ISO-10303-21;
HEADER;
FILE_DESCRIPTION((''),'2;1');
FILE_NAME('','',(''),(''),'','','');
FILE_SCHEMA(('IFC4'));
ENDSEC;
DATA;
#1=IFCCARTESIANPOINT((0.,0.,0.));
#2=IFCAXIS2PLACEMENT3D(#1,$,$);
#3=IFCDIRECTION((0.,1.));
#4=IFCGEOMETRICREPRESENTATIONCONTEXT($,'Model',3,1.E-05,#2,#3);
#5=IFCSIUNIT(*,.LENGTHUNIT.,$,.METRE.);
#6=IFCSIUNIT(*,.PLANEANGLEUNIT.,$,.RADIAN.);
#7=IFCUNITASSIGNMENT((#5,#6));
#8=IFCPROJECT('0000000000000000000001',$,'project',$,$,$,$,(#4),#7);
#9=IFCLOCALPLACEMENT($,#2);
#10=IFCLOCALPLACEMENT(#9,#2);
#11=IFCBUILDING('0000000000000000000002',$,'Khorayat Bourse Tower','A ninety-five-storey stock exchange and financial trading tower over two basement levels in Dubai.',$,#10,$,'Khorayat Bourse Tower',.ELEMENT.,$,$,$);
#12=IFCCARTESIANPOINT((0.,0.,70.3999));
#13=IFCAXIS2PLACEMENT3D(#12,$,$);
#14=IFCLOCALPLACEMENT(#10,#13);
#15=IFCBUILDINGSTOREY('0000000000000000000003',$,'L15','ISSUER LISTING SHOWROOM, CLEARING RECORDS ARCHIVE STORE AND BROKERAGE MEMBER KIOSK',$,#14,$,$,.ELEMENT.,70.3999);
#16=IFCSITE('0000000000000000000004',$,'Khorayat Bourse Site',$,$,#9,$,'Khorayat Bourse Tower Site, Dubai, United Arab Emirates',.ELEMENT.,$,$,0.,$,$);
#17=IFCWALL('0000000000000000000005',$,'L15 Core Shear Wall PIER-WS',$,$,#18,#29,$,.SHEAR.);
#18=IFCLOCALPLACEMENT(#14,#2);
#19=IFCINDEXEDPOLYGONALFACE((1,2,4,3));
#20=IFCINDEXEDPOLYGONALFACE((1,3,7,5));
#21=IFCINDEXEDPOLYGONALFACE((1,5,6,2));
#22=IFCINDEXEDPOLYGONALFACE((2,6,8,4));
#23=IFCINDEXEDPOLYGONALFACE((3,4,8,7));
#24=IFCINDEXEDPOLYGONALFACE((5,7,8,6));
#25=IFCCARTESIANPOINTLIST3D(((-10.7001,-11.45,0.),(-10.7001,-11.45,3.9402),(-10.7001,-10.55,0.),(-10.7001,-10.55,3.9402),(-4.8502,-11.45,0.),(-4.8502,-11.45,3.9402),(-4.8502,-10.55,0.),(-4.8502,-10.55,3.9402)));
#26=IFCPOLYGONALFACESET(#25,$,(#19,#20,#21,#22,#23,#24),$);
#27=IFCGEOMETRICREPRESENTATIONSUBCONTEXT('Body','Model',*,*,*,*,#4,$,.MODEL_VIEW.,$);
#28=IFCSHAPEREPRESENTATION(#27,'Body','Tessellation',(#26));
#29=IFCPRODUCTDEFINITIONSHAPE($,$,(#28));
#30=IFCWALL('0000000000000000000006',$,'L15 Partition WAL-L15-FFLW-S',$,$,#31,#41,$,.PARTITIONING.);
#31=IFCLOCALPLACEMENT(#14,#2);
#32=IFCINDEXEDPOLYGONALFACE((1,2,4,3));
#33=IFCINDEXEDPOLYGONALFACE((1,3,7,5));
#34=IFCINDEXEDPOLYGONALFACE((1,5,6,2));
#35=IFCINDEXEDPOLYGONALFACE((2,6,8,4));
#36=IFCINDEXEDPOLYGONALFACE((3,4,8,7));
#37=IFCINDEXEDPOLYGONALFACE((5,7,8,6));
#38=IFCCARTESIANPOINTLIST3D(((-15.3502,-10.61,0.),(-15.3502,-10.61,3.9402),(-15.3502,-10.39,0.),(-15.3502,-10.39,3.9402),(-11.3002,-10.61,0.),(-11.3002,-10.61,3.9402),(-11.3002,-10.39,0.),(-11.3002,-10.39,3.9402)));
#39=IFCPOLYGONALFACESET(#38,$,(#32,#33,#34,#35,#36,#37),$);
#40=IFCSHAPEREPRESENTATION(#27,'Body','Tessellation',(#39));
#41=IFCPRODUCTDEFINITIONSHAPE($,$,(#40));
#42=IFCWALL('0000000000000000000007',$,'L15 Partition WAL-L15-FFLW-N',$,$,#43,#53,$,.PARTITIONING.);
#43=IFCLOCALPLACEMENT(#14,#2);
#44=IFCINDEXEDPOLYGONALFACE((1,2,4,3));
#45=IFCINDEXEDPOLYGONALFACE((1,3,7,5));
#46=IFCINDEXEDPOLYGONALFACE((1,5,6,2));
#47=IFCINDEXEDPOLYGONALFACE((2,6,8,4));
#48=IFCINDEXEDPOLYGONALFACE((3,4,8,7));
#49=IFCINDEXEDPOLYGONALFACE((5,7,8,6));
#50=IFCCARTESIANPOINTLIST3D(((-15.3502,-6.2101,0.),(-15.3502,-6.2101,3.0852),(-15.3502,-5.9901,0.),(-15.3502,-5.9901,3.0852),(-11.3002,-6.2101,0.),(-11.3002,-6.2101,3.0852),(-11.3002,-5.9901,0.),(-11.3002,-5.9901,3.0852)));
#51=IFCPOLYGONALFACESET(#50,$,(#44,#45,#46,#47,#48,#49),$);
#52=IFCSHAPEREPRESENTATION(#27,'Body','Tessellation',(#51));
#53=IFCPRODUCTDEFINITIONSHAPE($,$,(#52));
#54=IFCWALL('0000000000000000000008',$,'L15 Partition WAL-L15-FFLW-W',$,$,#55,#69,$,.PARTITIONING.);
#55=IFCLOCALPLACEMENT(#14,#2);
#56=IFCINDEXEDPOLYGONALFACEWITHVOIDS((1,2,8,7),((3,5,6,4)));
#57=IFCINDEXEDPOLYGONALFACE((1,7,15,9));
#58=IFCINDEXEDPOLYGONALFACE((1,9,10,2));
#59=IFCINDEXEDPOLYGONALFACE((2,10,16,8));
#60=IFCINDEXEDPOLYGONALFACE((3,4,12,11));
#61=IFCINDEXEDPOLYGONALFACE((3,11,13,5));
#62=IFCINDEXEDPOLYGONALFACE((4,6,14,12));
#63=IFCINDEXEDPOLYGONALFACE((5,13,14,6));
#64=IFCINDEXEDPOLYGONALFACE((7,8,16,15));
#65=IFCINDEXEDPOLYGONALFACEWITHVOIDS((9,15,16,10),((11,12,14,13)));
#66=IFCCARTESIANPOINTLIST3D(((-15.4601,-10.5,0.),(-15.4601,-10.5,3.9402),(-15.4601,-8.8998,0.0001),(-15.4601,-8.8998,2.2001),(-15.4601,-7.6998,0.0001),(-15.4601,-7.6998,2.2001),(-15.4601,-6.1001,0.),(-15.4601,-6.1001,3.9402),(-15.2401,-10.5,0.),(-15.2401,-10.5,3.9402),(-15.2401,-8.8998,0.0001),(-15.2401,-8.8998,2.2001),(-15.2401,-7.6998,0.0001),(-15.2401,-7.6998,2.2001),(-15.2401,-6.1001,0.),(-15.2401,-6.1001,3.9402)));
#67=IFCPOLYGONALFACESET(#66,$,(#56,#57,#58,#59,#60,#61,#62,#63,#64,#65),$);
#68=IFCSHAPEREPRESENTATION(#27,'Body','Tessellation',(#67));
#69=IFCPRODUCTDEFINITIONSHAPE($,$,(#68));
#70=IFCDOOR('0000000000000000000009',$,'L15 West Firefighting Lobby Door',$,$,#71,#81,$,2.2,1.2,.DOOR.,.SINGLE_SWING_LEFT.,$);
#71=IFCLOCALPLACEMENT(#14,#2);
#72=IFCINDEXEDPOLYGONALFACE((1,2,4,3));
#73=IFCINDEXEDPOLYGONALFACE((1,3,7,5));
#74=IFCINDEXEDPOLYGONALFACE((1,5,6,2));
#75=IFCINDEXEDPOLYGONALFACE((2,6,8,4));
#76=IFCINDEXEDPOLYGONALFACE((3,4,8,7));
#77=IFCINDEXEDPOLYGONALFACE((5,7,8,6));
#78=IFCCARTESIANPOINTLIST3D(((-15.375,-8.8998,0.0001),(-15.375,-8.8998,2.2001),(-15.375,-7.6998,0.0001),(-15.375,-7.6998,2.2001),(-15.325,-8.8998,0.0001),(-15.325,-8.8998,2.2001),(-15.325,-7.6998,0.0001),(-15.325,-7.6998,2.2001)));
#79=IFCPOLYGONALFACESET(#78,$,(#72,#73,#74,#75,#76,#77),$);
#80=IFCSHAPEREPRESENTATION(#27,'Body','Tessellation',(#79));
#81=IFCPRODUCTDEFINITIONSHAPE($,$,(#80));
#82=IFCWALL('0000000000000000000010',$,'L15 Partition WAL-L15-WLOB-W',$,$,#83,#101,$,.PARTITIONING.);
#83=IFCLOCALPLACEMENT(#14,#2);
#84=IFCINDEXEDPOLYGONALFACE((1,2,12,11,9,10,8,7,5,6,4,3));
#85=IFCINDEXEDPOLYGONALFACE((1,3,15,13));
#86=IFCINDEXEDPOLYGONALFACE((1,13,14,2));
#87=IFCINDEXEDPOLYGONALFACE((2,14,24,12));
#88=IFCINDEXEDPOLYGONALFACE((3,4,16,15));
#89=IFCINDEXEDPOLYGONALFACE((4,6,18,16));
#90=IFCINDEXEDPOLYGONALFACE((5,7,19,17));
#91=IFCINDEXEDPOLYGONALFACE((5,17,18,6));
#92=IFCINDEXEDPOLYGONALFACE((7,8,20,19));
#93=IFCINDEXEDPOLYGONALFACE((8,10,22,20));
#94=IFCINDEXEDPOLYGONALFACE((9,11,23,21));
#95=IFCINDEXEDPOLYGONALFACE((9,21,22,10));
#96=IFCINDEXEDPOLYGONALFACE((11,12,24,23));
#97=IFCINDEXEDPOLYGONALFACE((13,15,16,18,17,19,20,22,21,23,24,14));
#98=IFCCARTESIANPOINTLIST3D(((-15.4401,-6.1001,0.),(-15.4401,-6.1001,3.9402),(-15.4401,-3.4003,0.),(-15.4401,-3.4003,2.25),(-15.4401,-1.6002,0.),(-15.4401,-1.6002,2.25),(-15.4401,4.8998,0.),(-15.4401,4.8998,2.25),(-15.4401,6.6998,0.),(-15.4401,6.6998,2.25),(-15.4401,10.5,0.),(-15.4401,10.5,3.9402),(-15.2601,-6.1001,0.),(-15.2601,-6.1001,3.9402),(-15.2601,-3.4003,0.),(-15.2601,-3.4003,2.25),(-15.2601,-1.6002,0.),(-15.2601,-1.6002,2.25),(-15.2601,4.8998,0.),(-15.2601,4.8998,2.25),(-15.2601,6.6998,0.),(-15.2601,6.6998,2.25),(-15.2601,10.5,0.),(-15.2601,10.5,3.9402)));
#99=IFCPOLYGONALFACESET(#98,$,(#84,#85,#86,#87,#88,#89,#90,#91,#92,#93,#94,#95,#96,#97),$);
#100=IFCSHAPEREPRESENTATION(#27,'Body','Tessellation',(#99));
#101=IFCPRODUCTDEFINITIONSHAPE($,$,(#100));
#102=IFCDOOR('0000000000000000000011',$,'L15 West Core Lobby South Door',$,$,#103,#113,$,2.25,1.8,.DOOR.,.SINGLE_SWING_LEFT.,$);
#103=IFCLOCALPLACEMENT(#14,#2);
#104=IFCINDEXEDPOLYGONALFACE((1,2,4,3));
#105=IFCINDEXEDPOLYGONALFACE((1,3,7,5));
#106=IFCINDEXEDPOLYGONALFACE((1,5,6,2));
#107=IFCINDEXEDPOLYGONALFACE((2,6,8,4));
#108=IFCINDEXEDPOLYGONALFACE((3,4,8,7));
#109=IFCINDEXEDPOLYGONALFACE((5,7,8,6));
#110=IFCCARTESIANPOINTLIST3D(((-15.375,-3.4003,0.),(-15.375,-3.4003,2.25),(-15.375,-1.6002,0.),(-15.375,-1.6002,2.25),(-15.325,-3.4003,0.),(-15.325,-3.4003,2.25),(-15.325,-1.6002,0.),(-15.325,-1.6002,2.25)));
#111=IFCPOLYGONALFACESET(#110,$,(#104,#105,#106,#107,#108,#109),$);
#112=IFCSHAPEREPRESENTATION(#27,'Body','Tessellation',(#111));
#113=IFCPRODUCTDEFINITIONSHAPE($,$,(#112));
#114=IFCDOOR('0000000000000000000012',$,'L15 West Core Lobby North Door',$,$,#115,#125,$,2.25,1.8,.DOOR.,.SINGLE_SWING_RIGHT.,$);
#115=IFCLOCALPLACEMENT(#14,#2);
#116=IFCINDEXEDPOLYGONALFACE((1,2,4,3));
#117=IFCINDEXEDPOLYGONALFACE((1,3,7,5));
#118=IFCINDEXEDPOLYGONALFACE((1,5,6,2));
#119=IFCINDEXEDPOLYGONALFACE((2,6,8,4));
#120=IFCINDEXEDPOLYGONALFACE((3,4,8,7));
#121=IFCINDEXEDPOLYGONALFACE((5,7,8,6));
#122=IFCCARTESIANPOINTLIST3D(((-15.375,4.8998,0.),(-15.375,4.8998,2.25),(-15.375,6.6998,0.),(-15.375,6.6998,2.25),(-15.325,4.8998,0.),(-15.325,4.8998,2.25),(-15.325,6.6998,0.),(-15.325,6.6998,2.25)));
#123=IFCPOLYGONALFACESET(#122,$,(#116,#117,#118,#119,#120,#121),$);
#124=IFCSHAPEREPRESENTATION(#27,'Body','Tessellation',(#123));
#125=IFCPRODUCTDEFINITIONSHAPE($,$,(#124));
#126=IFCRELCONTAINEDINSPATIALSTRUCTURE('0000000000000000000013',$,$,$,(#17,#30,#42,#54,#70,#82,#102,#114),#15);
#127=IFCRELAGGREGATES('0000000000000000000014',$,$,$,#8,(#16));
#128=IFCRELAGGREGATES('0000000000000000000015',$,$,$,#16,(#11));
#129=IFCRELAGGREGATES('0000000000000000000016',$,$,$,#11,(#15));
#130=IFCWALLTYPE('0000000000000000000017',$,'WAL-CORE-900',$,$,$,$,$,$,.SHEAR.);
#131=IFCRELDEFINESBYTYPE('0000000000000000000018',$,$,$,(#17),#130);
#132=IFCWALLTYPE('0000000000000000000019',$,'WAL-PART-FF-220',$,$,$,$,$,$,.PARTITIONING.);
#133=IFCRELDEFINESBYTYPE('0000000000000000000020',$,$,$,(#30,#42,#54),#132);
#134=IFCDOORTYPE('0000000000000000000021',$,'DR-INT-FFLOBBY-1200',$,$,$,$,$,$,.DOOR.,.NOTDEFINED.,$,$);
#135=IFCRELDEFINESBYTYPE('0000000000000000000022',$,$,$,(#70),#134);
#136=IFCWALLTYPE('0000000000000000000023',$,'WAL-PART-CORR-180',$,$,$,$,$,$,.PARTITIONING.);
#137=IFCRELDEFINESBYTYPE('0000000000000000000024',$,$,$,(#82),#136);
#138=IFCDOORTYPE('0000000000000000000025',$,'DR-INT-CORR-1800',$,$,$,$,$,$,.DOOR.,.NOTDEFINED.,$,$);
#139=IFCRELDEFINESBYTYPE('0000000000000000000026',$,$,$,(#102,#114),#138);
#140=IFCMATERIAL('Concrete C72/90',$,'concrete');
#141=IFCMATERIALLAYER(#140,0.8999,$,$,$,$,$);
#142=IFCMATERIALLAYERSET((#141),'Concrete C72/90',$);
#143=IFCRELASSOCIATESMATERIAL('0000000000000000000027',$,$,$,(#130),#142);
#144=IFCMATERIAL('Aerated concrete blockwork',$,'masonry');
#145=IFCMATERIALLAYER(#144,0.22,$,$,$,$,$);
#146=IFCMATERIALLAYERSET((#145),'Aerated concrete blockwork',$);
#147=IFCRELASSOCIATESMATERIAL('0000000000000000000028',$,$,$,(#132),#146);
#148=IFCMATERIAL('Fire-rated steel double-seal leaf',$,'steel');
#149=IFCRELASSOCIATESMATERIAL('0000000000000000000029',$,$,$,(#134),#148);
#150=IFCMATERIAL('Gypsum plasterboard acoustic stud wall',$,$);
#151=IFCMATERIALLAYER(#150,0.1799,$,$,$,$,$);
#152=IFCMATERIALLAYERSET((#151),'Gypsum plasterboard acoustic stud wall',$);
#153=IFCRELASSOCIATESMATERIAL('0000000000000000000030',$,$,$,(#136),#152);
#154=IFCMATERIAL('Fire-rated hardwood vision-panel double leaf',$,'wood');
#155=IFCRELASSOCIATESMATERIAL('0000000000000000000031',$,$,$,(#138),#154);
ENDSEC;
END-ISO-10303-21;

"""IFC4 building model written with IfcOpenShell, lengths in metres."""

from ifc_helpers import new_model, si_unit, direction, frame, frame_2d, origin, place, context, subcontext, project, spatial, rectangle, extrude, source, transform, mapped, material, layer, layer_set, type_object, element, fill, save


model = new_model("IFC4")

# Units and contexts
model_context = context("Model", 3, precision=1e-05, world=origin(), true_north=direction((0.0, 1.0)))
body_context = subcontext(model_context, "Body", "Model", "MODEL_VIEW")
ifc_project = project(units=[si_unit("LENGTHUNIT", "METRE"), si_unit("PLANEANGLEUNIT", "RADIAN")], contexts=[model_context])

# Site, building, storey
site_placement = place(None, origin())
site = spatial("IfcSite", under=ifc_project, at=site_placement, Name="Khorayat Bourse Site", LongName="Khorayat Bourse Tower Site, Dubai, United Arab Emirates", CompositionType="ELEMENT", RefElevation=0.0)
building_placement = place(site_placement, origin())
building = spatial("IfcBuilding", under=site, at=building_placement, Name="Khorayat Bourse Tower", Description="A ninety-five-storey stock exchange and financial trading tower over two basement levels in Dubai.", LongName="Khorayat Bourse Tower", CompositionType="ELEMENT")
storey_placement = place(building_placement, frame((0.0, 0.0, 70.3999)))
storey = spatial("IfcBuildingStorey", under=building, at=storey_placement, Name="L15", Description="ISSUER LISTING SHOWROOM, CLEARING RECORDS ARCHIVE STORE AND BROKERAGE MEMBER KIOSK", CompositionType="ELEMENT", Elevation=70.3999)

# Shared definitions
ifc_material_1 = material(Name="Concrete C72/90", Category="concrete")

# Walls
ifc_layer_1 = layer(ifc_material_1, 0.8999)
ifc_layer_set_1 = layer_set([ifc_layer_1], Name="Concrete C72/90")
wall_type_1 = type_object("IfcWallType", Name="WAL-CORE-900", PredefinedType="SHEAR", material=ifc_layer_set_1)
shared_shape_1 = source(origin(), body_context, "Body", "SweptSolid", [
    extrude(rectangle(XDim=5.8499, YDim=0.8999, at=frame_2d((2.9248, 0.0))), origin(), (0.0, 0.0, 1.0), 3.9402),
])
wall_1_placement = place(storey_placement, frame((-10.7, -11.0, 0.0), z_axis=(0.0, 0.0, 1.0), x_axis=(1.0, 0.0, 0.0)))
element("IfcWall", 1, at=wall_1_placement, inside=storey, type_object=wall_type_1, Name="L15 Core Shear Wall PIER-WS", PredefinedType="SHEAR", context=body_context, shape_type="MappedRepresentation", body=[
    mapped(shared_shape_1, transform((0.0, 0.0, 0.0), scale=1.0)),
])
ifc_material_2 = material(Name="Aerated concrete blockwork", Category="masonry")
ifc_layer_2 = layer(ifc_material_2, 0.22)
ifc_layer_set_2 = layer_set([ifc_layer_2], Name="Aerated concrete blockwork")
wall_type_2 = type_object("IfcWallType", Name="WAL-PART-FF-220", PredefinedType="PARTITIONING", material=ifc_layer_set_2)
shared_shape_2 = source(origin(), body_context, "Body", "SweptSolid", [
    extrude(rectangle(XDim=4.05, YDim=0.22, at=frame_2d((2.0249, 0.0))), origin(), (0.0, 0.0, 1.0), 3.9402),
])
wall_2_placement = place(storey_placement, frame((-15.3501, -10.5, 0.0), z_axis=(0.0, 0.0, 1.0), x_axis=(1.0, 0.0, 0.0)))
element("IfcWall", 2, at=wall_2_placement, inside=storey, type_object=wall_type_2, Name="L15 Partition WAL-L15-FFLW-S", PredefinedType="PARTITIONING", context=body_context, shape_type="MappedRepresentation", body=[
    mapped(shared_shape_2, transform((0.0, 0.0, 0.0), scale=1.0)),
])
shared_shape_3 = source(origin(), body_context, "Body", "SweptSolid", [
    extrude(rectangle(XDim=4.05, YDim=0.22, at=frame_2d((2.0249, 0.0))), origin(), (0.0, 0.0, 1.0), 3.0852),
])
wall_3_placement = place(storey_placement, frame((-15.3501, -6.1001, 0.0), z_axis=(0.0, 0.0, 1.0), x_axis=(1.0, 0.0, 0.0)))
element("IfcWall", 3, at=wall_3_placement, inside=storey, type_object=wall_type_2, Name="L15 Partition WAL-L15-FFLW-N", PredefinedType="PARTITIONING", context=body_context, shape_type="MappedRepresentation", body=[
    mapped(shared_shape_3, transform((0.0, 0.0, 0.0), scale=1.0)),
])

# Wall, opening, door
shared_shape_4 = source(origin(), body_context, "Body", "SweptSolid", [
    extrude(rectangle(XDim=4.3999, YDim=0.22, at=frame_2d((2.2, 0.0))), origin(), (0.0, 0.0, 1.0), 3.9402),
])
wall_4_placement = place(storey_placement, frame((-15.3501, -10.5, 0.0), z_axis=(0.0, 0.0, 1.0), x_axis=(0.0, 1.0, 0.0)))
wall_4 = element("IfcWall", 4, at=wall_4_placement, inside=storey, type_object=wall_type_2, Name="L15 Partition WAL-L15-FFLW-W", PredefinedType="PARTITIONING", context=body_context, shape_type="MappedRepresentation", body=[
    mapped(shared_shape_4, transform((0.0, 0.0, 0.0), scale=1.0)),
])
shared_shape_5 = source(origin(), body_context, "Body", "SweptSolid", [
    extrude(rectangle(XDim=1.2, YDim=2.2, at=frame_2d((0.6001, 1.1001))), frame((0.0, 0.1199, 0.0), z_axis=(0.0, -1.0, 0.0), x_axis=(1.0, 0.0, 0.0)), (0.0, 0.0, 1.0), 0.24),
])
opening_1_placement = place(wall_4_placement, frame((1.6001, 0.0, 0.0)))
opening_1 = element("IfcOpeningElement", 5, at=opening_1_placement, cuts=wall_4, PredefinedType="OPENING", context=body_context, shape_type="MappedRepresentation", body=[
    mapped(shared_shape_5, transform((0.0, 0.0, 0.0), scale=1.0)),
])
ifc_material_3 = material(Name="Fire-rated steel double-seal leaf", Category="steel")
door_type_1 = type_object("IfcDoorType", Name="DR-INT-FFLOBBY-1200", OperationType="NOTDEFINED", PredefinedType="DOOR", material=ifc_material_3)
shared_shape_6 = source(origin(), body_context, "Body", "SweptSolid", [
    extrude(rectangle(XDim=1.2, YDim=2.2, at=frame_2d((0.6001, 1.1001))), frame((0.0, 0.0249, 0.0), z_axis=(0.0, -1.0, 0.0), x_axis=(1.0, 0.0, 0.0)), (0.0, 0.0, 1.0), 0.05),
])
door_1_placement = place(opening_1_placement, origin())
door_1 = element("IfcDoor", 6, at=door_1_placement, inside=storey, type_object=door_type_1, Name="L15 West Firefighting Lobby Door", OperationType="SINGLE_SWING_LEFT", OverallHeight=2.2, OverallWidth=1.2, PredefinedType="DOOR", context=body_context, shape_type="MappedRepresentation", body=[
    mapped(shared_shape_6, transform((0.0, 0.0, 0.0), scale=1.0)),
])
fill(opening_1, door_1)

# Wall, openings, doors
ifc_material_4 = material(Name="Gypsum plasterboard acoustic stud wall")
ifc_layer_3 = layer(ifc_material_4, 0.1799)
ifc_layer_set_3 = layer_set([ifc_layer_3], Name="Gypsum plasterboard acoustic stud wall")
wall_type_3 = type_object("IfcWallType", Name="WAL-PART-CORR-180", PredefinedType="PARTITIONING", material=ifc_layer_set_3)
shared_shape_7 = source(origin(), body_context, "Body", "SweptSolid", [
    extrude(rectangle(XDim=16.6001, YDim=0.1799, at=frame_2d((8.3, 0.0))), origin(), (0.0, 0.0, 1.0), 3.9402),
])
wall_5_placement = place(storey_placement, frame((-15.3501, -6.1001, 0.0), z_axis=(0.0, 0.0, 1.0), x_axis=(0.0, 1.0, 0.0)))
wall_5 = element("IfcWall", 7, at=wall_5_placement, inside=storey, type_object=wall_type_3, Name="L15 Partition WAL-L15-WLOB-W", PredefinedType="PARTITIONING", context=body_context, shape_type="MappedRepresentation", body=[
    mapped(shared_shape_7, transform((0.0, 0.0, 0.0), scale=1.0)),
])
shared_shape_8 = source(origin(), body_context, "Body", "SweptSolid", [
    extrude(rectangle(XDim=1.8, YDim=2.25, at=frame_2d((0.8999, 1.125))), frame((0.0, 0.0999, 0.0), z_axis=(0.0, -1.0, 0.0), x_axis=(1.0, 0.0, 0.0)), (0.0, 0.0, 1.0), 0.2),
])
opening_2_placement = place(wall_5_placement, frame((2.7, 0.0, 0.0)))
opening_2 = element("IfcOpeningElement", 8, at=opening_2_placement, cuts=wall_5, PredefinedType="OPENING", context=body_context, shape_type="MappedRepresentation", body=[
    mapped(shared_shape_8, transform((0.0, 0.0, 0.0), scale=1.0)),
])
opening_3_placement = place(wall_5_placement, frame((11.0, 0.0, 0.0)))
opening_3 = element("IfcOpeningElement", 9, at=opening_3_placement, cuts=wall_5, PredefinedType="OPENING", context=body_context, shape_type="MappedRepresentation", body=[
    mapped(shared_shape_8, transform((0.0, 0.0, 0.0), scale=1.0)),
])
ifc_material_5 = material(Name="Fire-rated hardwood vision-panel double leaf", Category="wood")
door_type_2 = type_object("IfcDoorType", Name="DR-INT-CORR-1800", OperationType="NOTDEFINED", PredefinedType="DOOR", material=ifc_material_5)
shared_shape_9 = source(origin(), body_context, "Body", "SweptSolid", [
    extrude(rectangle(XDim=1.8, YDim=2.25, at=frame_2d((0.8999, 1.125))), frame((0.0, 0.0249, 0.0), z_axis=(0.0, -1.0, 0.0), x_axis=(1.0, 0.0, 0.0)), (0.0, 0.0, 1.0), 0.05),
])
door_2_placement = place(opening_2_placement, origin())
door_2 = element("IfcDoor", 10, at=door_2_placement, inside=storey, type_object=door_type_2, Name="L15 West Core Lobby South Door", OperationType="SINGLE_SWING_LEFT", OverallHeight=2.25, OverallWidth=1.8, PredefinedType="DOOR", context=body_context, shape_type="MappedRepresentation", body=[
    mapped(shared_shape_9, transform((0.0, 0.0, 0.0), scale=1.0)),
])
fill(opening_2, door_2)
door_3_placement = place(opening_3_placement, origin())
door_3 = element("IfcDoor", 11, at=door_3_placement, inside=storey, type_object=door_type_2, Name="L15 West Core Lobby North Door", OperationType="SINGLE_SWING_RIGHT", OverallHeight=2.25, OverallWidth=1.8, PredefinedType="DOOR", context=body_context, shape_type="MappedRepresentation", body=[
    mapped(shared_shape_9, transform((0.0, 0.0, 0.0), scale=1.0)),
])
fill(opening_3, door_3)

save(model, "model.ifc")
